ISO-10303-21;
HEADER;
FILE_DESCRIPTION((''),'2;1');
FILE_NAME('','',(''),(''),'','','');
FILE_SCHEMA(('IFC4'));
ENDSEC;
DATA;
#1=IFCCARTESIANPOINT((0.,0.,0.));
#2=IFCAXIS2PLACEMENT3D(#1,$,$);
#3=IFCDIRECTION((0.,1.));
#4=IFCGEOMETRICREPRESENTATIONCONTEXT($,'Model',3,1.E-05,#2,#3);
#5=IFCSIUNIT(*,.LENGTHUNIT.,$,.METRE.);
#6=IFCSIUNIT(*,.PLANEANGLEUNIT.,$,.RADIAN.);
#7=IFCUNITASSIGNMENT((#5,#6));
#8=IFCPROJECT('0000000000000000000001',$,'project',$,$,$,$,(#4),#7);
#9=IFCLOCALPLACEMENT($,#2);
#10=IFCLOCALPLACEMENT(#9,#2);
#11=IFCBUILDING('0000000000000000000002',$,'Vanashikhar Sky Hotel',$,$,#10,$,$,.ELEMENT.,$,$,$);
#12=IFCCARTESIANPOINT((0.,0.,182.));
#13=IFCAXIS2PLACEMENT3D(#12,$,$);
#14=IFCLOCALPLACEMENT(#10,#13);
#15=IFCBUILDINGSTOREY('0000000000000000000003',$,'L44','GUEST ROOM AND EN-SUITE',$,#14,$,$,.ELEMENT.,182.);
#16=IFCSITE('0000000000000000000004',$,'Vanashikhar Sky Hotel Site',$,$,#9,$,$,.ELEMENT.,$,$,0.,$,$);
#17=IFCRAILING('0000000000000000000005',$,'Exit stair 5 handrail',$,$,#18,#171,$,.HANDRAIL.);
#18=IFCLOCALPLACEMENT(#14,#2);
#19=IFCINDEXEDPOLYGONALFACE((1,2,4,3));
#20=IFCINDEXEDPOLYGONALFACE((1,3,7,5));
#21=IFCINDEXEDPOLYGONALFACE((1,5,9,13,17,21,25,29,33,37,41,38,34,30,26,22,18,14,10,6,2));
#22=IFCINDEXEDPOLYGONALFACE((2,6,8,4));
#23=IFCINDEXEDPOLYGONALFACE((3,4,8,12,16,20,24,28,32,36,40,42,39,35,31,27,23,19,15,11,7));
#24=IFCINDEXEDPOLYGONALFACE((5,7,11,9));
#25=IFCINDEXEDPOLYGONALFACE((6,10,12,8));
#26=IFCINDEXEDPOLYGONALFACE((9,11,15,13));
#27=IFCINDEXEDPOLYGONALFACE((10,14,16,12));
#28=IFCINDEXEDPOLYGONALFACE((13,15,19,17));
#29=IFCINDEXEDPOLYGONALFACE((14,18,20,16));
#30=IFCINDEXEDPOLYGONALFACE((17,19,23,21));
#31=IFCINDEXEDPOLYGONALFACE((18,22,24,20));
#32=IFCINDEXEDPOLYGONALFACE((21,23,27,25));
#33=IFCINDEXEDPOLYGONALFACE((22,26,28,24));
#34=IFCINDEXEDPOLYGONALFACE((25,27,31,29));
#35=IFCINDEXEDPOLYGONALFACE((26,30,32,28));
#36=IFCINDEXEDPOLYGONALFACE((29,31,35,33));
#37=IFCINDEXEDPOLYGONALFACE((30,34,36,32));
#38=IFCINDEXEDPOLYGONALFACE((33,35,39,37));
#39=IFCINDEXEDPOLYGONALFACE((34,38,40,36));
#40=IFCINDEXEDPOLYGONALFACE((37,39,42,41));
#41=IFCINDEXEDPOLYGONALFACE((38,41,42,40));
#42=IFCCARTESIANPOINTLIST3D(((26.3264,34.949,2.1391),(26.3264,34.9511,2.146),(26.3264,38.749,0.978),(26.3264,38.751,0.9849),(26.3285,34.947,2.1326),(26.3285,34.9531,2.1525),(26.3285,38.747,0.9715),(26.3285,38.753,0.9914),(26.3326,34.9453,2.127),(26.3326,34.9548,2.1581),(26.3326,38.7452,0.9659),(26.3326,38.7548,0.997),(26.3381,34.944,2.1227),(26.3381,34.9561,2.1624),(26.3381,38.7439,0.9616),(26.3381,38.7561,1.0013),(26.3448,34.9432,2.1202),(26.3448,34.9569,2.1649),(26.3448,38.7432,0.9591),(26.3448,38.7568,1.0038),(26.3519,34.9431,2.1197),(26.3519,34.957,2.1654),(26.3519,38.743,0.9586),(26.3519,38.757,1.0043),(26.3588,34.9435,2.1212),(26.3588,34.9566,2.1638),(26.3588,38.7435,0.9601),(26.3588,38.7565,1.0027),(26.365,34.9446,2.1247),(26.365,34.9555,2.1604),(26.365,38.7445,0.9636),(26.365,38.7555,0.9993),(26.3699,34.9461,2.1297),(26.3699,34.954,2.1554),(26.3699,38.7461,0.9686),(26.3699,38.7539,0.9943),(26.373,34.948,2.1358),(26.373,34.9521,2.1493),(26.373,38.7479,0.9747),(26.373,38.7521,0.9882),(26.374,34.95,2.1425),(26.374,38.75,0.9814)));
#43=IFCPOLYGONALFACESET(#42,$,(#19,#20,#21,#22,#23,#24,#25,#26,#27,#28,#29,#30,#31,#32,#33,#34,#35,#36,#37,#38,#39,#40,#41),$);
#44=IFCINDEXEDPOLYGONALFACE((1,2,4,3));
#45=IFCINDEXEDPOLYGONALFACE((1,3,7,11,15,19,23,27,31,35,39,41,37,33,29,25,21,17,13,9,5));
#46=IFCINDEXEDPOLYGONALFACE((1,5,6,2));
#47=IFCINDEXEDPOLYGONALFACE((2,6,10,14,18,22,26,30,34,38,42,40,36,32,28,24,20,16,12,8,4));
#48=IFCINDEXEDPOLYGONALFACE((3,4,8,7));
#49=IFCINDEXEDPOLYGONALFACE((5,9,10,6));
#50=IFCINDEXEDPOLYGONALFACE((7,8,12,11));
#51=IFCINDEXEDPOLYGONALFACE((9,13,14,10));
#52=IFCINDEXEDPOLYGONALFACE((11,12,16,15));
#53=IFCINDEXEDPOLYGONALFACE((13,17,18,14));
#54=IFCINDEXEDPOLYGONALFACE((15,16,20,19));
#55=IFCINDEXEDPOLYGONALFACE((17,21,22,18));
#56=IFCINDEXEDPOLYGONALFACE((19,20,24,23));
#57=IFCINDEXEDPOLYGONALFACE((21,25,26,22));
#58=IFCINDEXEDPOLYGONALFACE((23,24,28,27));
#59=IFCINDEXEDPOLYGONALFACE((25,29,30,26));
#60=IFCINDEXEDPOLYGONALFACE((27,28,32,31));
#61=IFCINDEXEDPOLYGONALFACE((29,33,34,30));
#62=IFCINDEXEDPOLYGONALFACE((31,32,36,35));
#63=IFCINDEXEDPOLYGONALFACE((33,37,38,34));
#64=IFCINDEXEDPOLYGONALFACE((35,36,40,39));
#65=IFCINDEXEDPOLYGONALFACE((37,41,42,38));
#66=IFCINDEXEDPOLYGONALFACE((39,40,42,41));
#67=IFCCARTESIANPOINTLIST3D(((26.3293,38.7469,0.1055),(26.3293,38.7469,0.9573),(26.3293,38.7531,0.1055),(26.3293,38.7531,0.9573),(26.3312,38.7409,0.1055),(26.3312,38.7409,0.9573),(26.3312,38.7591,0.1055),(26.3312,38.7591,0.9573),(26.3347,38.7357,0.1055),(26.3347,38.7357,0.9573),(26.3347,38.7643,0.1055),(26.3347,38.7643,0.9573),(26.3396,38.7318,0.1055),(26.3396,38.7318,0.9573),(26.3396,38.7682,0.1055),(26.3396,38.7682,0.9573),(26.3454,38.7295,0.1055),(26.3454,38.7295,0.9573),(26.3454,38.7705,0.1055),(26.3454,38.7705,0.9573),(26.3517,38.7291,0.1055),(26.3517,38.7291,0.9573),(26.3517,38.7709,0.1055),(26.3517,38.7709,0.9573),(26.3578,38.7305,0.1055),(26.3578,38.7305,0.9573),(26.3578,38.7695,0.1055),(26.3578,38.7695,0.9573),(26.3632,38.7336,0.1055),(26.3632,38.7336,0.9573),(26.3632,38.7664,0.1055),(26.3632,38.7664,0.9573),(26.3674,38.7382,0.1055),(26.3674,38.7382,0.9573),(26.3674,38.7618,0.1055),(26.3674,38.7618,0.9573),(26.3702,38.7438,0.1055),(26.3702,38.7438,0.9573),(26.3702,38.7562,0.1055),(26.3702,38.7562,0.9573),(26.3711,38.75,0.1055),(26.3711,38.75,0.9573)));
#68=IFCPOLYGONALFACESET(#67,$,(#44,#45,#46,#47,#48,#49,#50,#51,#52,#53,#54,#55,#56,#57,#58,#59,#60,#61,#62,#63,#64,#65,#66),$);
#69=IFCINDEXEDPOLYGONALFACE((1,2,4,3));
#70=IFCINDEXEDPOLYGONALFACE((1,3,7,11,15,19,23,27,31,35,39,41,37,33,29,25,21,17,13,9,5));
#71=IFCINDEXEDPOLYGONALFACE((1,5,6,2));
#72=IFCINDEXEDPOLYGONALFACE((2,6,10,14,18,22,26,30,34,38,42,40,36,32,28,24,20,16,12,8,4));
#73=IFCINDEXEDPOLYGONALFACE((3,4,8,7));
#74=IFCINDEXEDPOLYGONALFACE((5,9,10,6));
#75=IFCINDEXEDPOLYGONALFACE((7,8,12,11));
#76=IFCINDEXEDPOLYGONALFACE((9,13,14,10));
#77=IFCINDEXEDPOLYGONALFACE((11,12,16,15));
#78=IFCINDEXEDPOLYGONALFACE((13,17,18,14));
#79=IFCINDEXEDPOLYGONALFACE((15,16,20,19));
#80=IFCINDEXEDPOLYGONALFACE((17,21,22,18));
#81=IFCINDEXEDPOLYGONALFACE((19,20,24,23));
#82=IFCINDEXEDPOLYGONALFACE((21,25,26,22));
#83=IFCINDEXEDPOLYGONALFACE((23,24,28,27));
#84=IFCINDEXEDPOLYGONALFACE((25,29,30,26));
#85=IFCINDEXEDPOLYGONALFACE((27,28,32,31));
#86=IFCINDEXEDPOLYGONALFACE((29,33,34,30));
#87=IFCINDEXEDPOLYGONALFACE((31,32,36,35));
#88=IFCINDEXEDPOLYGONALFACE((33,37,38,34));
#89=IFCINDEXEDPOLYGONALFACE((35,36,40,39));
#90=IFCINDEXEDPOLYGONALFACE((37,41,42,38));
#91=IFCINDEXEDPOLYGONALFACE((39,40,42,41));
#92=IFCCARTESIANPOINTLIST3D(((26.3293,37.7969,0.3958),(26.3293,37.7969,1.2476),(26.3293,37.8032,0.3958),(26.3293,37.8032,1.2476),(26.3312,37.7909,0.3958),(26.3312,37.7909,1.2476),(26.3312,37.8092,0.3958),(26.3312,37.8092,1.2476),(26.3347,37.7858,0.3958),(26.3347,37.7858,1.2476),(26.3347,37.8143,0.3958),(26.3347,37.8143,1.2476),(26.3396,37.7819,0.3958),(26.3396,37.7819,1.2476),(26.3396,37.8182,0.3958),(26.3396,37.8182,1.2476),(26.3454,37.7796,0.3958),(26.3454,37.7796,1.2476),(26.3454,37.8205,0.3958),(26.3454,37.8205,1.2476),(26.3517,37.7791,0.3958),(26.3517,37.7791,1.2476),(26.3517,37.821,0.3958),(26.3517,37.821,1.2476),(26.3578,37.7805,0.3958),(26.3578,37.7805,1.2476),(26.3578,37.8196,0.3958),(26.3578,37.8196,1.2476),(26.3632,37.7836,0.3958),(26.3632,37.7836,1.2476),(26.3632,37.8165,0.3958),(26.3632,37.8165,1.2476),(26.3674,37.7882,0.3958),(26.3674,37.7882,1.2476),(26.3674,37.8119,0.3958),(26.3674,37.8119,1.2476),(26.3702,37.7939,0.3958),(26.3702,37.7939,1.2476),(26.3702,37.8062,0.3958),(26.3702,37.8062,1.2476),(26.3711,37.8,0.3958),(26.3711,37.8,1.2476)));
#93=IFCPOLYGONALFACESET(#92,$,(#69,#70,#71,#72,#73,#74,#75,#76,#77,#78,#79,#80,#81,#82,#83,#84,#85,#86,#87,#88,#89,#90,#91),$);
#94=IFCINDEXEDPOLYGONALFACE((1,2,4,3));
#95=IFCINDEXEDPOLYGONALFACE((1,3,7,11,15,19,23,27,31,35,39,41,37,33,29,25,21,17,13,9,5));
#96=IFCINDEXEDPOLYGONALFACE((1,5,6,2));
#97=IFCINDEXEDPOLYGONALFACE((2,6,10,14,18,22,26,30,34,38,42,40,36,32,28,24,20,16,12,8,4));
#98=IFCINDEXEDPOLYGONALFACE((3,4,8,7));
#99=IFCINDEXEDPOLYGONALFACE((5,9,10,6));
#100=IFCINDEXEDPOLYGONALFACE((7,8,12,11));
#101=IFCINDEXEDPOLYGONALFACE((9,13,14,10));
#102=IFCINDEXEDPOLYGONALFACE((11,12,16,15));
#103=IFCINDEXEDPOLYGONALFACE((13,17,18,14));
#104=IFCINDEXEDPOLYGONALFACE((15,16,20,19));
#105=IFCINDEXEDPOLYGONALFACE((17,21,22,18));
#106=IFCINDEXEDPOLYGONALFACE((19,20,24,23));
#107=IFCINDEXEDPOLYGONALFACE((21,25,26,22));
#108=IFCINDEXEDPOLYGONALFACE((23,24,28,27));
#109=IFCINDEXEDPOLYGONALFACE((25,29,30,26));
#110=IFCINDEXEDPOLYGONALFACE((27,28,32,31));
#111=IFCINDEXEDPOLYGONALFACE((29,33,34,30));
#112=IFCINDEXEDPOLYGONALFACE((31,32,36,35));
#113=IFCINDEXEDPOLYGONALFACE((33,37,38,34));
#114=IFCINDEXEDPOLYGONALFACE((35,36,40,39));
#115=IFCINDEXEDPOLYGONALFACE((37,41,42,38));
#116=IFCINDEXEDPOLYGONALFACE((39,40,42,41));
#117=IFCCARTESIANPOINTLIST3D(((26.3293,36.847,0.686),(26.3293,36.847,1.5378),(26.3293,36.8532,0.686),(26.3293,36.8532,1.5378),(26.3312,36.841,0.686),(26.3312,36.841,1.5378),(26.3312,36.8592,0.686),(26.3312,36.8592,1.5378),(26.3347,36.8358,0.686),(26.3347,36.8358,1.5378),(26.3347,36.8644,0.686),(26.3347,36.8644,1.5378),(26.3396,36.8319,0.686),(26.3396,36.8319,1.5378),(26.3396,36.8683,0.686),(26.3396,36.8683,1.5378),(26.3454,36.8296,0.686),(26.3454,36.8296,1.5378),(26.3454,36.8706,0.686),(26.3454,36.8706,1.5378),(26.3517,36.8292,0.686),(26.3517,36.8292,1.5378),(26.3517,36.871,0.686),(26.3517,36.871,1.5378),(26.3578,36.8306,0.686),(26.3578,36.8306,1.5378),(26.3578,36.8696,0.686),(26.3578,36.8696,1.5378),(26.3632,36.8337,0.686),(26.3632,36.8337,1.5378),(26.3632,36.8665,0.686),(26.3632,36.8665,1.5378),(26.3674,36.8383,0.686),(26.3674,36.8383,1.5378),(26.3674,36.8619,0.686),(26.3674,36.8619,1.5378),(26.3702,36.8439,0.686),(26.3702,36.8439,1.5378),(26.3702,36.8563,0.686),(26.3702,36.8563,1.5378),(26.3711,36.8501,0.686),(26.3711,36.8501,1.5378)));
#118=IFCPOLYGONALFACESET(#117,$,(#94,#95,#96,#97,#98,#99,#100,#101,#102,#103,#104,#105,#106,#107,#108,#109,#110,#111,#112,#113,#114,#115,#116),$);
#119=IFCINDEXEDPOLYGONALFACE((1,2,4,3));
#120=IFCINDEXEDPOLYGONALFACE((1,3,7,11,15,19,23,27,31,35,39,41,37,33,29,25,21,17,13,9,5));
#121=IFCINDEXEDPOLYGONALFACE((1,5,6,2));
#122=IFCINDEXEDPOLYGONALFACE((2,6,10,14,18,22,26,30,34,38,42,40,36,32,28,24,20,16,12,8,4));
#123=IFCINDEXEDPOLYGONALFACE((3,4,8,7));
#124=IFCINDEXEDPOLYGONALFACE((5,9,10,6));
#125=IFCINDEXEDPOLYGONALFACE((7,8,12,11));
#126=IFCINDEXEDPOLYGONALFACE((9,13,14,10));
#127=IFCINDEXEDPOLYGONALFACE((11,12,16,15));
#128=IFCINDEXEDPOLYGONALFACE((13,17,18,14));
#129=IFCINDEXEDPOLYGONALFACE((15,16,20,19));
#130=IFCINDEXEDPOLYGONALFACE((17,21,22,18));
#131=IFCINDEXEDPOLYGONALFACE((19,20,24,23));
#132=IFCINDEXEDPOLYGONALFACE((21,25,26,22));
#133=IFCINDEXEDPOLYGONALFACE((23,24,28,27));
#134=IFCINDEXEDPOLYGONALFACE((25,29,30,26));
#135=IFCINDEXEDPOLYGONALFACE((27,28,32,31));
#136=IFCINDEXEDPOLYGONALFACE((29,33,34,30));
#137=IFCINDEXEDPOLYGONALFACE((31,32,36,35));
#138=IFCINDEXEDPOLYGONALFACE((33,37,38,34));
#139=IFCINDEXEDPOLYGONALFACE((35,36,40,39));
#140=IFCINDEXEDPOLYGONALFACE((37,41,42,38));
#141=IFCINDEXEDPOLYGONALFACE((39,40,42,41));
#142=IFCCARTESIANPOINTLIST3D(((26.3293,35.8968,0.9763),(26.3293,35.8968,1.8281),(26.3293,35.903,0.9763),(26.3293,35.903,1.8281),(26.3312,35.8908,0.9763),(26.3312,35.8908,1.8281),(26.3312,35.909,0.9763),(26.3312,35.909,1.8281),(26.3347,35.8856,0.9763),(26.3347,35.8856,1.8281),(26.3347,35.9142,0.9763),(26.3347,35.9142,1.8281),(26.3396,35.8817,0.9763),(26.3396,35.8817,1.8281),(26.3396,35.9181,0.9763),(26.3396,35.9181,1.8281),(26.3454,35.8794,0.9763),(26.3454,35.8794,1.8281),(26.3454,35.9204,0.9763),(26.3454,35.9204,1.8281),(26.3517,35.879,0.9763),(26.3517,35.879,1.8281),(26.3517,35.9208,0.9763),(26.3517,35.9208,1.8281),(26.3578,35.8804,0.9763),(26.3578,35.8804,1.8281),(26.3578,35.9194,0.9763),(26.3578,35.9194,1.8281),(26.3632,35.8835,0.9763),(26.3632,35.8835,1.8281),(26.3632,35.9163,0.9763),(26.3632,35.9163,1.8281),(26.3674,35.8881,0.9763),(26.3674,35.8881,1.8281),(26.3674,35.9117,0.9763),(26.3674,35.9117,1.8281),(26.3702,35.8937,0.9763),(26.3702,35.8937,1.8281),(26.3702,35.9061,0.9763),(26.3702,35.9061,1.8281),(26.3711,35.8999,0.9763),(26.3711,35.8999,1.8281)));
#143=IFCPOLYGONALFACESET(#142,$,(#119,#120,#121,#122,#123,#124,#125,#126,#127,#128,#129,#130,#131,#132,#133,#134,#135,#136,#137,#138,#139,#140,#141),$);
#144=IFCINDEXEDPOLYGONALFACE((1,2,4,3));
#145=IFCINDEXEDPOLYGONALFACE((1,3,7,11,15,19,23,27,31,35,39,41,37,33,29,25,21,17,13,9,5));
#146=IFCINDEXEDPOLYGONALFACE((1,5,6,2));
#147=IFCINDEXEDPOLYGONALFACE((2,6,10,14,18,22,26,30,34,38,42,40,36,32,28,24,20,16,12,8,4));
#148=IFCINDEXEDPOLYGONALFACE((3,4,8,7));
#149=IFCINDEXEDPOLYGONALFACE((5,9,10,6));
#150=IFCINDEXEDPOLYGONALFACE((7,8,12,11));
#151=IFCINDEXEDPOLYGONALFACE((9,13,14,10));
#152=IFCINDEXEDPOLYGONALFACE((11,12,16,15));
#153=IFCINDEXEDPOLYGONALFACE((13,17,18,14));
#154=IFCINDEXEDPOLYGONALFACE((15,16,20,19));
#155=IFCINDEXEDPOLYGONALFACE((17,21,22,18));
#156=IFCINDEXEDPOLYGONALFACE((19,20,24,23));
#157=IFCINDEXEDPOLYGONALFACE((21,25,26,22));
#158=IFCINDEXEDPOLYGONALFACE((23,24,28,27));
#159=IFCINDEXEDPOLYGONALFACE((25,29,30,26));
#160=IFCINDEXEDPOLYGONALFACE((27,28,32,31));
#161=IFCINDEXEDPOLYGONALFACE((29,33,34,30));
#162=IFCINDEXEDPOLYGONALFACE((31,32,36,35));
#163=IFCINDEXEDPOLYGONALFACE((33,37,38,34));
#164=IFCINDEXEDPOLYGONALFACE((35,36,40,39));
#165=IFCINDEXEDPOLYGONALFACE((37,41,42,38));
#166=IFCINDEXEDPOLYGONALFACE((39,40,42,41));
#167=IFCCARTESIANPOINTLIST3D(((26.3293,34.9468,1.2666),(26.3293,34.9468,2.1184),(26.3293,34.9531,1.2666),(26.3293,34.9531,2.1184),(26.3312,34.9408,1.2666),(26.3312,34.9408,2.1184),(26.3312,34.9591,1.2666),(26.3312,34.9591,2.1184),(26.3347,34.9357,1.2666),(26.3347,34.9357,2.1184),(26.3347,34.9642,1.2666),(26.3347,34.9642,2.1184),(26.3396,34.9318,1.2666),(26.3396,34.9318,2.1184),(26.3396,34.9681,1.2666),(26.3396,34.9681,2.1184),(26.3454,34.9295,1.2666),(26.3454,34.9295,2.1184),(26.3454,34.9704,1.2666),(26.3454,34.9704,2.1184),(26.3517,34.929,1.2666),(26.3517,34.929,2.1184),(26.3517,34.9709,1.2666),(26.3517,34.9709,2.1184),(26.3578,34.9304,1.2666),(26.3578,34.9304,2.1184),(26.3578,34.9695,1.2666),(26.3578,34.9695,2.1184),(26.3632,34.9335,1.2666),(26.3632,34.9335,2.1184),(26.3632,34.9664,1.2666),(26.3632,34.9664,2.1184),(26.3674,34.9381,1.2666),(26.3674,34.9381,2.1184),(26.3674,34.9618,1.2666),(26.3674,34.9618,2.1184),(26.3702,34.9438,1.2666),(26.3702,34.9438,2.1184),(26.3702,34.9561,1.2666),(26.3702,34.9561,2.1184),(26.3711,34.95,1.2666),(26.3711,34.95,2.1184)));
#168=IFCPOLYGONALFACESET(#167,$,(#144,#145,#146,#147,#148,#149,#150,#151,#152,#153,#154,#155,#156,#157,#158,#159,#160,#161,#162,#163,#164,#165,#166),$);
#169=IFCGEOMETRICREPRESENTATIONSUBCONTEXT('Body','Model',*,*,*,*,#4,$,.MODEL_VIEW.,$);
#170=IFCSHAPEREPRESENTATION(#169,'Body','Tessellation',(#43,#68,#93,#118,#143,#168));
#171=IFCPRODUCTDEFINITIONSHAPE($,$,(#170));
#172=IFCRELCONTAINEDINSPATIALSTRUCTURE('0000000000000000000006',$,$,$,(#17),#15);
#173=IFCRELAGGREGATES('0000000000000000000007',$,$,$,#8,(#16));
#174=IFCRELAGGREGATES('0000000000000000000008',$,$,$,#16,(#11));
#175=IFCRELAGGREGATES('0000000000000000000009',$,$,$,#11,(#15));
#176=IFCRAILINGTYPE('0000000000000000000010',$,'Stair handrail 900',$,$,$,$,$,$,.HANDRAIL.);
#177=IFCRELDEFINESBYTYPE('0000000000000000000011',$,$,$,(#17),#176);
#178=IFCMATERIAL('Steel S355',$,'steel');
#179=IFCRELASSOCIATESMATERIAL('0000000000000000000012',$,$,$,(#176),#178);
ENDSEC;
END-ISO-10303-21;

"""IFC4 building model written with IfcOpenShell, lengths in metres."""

from ifc_helpers import new_model, si_unit, direction, frame, origin, origin_2d, place, context, subcontext, project, spatial, circle, extrude, source, transform, mapped, material, type_object, element, save


model = new_model("IFC4")

# Units and contexts
model_context = context("Model", 3, precision=1e-05, world=origin(), true_north=direction((0.0, 1.0)))
body_context = subcontext(model_context, "Body", "Model", "MODEL_VIEW")
ifc_project = project(units=[si_unit("LENGTHUNIT", "METRE"), si_unit("PLANEANGLEUNIT", "RADIAN")], contexts=[model_context])

# Site, building, storey
site_placement = place(None, origin())
site = spatial("IfcSite", under=ifc_project, at=site_placement, Name="Vanashikhar Sky Hotel Site", CompositionType="ELEMENT", RefElevation=0.0)
building_placement = place(site_placement, origin())
building = spatial("IfcBuilding", under=site, at=building_placement, Name="Vanashikhar Sky Hotel", CompositionType="ELEMENT")
storey_placement = place(building_placement, frame((0.0, 0.0, 182.0)))
storey = spatial("IfcBuildingStorey", under=building, at=storey_placement, Name="L44", Description="GUEST ROOM AND EN-SUITE", CompositionType="ELEMENT", Elevation=182.0)

# Railing
ifc_material_1 = material(Name="Steel S355", Category="steel")
railing_type_1 = type_object("IfcRailingType", Name="Stair handrail 900", PredefinedType="HANDRAIL", material=ifc_material_1)
shared_shape_1 = source(origin(), body_context, "Body", "SweptSolid", [
    extrude(circle(Radius=0.0239, at=origin_2d()), frame((0.0, 0.0, 0.876), z_axis=(0.0, -0.956351, 0.29222), x_axis=(1.0, 0.0, 0.0)), (0.0, 0.0, 1.0), 3.9734),
    extrude(circle(Radius=0.021, at=origin_2d()), origin(), (0.0, 0.0, 1.0), 0.8518),
    extrude(circle(Radius=0.021, at=origin_2d()), frame((0.0, -0.95, 0.2903)), (0.0, 0.0, 1.0), 0.8518),
    extrude(circle(Radius=0.021, at=origin_2d()), frame((0.0, -1.8999, 0.5806)), (0.0, 0.0, 1.0), 0.8518),
    extrude(circle(Radius=0.021, at=origin_2d()), frame((0.0, -2.8501, 0.8708)), (0.0, 0.0, 1.0), 0.8518),
    extrude(circle(Radius=0.021, at=origin_2d()), frame((0.0, -3.8, 1.1611)), (0.0, 0.0, 1.0), 0.8518),
])
for number, where, name in (
    (1, (26.3501, 38.75, 0.1055), "Exit stair 5 handrail"),
):
    element("IfcRailing", number, at=place(storey_placement, frame(where)), inside=storey, type_object=railing_type_1, Name=name, PredefinedType="HANDRAIL", context=body_context, shape_type="MappedRepresentation", body=[
        mapped(shared_shape_1, transform((0.0, 0.0, 0.0), scale=1.0)),
    ])

save(model, "model.ifc")
